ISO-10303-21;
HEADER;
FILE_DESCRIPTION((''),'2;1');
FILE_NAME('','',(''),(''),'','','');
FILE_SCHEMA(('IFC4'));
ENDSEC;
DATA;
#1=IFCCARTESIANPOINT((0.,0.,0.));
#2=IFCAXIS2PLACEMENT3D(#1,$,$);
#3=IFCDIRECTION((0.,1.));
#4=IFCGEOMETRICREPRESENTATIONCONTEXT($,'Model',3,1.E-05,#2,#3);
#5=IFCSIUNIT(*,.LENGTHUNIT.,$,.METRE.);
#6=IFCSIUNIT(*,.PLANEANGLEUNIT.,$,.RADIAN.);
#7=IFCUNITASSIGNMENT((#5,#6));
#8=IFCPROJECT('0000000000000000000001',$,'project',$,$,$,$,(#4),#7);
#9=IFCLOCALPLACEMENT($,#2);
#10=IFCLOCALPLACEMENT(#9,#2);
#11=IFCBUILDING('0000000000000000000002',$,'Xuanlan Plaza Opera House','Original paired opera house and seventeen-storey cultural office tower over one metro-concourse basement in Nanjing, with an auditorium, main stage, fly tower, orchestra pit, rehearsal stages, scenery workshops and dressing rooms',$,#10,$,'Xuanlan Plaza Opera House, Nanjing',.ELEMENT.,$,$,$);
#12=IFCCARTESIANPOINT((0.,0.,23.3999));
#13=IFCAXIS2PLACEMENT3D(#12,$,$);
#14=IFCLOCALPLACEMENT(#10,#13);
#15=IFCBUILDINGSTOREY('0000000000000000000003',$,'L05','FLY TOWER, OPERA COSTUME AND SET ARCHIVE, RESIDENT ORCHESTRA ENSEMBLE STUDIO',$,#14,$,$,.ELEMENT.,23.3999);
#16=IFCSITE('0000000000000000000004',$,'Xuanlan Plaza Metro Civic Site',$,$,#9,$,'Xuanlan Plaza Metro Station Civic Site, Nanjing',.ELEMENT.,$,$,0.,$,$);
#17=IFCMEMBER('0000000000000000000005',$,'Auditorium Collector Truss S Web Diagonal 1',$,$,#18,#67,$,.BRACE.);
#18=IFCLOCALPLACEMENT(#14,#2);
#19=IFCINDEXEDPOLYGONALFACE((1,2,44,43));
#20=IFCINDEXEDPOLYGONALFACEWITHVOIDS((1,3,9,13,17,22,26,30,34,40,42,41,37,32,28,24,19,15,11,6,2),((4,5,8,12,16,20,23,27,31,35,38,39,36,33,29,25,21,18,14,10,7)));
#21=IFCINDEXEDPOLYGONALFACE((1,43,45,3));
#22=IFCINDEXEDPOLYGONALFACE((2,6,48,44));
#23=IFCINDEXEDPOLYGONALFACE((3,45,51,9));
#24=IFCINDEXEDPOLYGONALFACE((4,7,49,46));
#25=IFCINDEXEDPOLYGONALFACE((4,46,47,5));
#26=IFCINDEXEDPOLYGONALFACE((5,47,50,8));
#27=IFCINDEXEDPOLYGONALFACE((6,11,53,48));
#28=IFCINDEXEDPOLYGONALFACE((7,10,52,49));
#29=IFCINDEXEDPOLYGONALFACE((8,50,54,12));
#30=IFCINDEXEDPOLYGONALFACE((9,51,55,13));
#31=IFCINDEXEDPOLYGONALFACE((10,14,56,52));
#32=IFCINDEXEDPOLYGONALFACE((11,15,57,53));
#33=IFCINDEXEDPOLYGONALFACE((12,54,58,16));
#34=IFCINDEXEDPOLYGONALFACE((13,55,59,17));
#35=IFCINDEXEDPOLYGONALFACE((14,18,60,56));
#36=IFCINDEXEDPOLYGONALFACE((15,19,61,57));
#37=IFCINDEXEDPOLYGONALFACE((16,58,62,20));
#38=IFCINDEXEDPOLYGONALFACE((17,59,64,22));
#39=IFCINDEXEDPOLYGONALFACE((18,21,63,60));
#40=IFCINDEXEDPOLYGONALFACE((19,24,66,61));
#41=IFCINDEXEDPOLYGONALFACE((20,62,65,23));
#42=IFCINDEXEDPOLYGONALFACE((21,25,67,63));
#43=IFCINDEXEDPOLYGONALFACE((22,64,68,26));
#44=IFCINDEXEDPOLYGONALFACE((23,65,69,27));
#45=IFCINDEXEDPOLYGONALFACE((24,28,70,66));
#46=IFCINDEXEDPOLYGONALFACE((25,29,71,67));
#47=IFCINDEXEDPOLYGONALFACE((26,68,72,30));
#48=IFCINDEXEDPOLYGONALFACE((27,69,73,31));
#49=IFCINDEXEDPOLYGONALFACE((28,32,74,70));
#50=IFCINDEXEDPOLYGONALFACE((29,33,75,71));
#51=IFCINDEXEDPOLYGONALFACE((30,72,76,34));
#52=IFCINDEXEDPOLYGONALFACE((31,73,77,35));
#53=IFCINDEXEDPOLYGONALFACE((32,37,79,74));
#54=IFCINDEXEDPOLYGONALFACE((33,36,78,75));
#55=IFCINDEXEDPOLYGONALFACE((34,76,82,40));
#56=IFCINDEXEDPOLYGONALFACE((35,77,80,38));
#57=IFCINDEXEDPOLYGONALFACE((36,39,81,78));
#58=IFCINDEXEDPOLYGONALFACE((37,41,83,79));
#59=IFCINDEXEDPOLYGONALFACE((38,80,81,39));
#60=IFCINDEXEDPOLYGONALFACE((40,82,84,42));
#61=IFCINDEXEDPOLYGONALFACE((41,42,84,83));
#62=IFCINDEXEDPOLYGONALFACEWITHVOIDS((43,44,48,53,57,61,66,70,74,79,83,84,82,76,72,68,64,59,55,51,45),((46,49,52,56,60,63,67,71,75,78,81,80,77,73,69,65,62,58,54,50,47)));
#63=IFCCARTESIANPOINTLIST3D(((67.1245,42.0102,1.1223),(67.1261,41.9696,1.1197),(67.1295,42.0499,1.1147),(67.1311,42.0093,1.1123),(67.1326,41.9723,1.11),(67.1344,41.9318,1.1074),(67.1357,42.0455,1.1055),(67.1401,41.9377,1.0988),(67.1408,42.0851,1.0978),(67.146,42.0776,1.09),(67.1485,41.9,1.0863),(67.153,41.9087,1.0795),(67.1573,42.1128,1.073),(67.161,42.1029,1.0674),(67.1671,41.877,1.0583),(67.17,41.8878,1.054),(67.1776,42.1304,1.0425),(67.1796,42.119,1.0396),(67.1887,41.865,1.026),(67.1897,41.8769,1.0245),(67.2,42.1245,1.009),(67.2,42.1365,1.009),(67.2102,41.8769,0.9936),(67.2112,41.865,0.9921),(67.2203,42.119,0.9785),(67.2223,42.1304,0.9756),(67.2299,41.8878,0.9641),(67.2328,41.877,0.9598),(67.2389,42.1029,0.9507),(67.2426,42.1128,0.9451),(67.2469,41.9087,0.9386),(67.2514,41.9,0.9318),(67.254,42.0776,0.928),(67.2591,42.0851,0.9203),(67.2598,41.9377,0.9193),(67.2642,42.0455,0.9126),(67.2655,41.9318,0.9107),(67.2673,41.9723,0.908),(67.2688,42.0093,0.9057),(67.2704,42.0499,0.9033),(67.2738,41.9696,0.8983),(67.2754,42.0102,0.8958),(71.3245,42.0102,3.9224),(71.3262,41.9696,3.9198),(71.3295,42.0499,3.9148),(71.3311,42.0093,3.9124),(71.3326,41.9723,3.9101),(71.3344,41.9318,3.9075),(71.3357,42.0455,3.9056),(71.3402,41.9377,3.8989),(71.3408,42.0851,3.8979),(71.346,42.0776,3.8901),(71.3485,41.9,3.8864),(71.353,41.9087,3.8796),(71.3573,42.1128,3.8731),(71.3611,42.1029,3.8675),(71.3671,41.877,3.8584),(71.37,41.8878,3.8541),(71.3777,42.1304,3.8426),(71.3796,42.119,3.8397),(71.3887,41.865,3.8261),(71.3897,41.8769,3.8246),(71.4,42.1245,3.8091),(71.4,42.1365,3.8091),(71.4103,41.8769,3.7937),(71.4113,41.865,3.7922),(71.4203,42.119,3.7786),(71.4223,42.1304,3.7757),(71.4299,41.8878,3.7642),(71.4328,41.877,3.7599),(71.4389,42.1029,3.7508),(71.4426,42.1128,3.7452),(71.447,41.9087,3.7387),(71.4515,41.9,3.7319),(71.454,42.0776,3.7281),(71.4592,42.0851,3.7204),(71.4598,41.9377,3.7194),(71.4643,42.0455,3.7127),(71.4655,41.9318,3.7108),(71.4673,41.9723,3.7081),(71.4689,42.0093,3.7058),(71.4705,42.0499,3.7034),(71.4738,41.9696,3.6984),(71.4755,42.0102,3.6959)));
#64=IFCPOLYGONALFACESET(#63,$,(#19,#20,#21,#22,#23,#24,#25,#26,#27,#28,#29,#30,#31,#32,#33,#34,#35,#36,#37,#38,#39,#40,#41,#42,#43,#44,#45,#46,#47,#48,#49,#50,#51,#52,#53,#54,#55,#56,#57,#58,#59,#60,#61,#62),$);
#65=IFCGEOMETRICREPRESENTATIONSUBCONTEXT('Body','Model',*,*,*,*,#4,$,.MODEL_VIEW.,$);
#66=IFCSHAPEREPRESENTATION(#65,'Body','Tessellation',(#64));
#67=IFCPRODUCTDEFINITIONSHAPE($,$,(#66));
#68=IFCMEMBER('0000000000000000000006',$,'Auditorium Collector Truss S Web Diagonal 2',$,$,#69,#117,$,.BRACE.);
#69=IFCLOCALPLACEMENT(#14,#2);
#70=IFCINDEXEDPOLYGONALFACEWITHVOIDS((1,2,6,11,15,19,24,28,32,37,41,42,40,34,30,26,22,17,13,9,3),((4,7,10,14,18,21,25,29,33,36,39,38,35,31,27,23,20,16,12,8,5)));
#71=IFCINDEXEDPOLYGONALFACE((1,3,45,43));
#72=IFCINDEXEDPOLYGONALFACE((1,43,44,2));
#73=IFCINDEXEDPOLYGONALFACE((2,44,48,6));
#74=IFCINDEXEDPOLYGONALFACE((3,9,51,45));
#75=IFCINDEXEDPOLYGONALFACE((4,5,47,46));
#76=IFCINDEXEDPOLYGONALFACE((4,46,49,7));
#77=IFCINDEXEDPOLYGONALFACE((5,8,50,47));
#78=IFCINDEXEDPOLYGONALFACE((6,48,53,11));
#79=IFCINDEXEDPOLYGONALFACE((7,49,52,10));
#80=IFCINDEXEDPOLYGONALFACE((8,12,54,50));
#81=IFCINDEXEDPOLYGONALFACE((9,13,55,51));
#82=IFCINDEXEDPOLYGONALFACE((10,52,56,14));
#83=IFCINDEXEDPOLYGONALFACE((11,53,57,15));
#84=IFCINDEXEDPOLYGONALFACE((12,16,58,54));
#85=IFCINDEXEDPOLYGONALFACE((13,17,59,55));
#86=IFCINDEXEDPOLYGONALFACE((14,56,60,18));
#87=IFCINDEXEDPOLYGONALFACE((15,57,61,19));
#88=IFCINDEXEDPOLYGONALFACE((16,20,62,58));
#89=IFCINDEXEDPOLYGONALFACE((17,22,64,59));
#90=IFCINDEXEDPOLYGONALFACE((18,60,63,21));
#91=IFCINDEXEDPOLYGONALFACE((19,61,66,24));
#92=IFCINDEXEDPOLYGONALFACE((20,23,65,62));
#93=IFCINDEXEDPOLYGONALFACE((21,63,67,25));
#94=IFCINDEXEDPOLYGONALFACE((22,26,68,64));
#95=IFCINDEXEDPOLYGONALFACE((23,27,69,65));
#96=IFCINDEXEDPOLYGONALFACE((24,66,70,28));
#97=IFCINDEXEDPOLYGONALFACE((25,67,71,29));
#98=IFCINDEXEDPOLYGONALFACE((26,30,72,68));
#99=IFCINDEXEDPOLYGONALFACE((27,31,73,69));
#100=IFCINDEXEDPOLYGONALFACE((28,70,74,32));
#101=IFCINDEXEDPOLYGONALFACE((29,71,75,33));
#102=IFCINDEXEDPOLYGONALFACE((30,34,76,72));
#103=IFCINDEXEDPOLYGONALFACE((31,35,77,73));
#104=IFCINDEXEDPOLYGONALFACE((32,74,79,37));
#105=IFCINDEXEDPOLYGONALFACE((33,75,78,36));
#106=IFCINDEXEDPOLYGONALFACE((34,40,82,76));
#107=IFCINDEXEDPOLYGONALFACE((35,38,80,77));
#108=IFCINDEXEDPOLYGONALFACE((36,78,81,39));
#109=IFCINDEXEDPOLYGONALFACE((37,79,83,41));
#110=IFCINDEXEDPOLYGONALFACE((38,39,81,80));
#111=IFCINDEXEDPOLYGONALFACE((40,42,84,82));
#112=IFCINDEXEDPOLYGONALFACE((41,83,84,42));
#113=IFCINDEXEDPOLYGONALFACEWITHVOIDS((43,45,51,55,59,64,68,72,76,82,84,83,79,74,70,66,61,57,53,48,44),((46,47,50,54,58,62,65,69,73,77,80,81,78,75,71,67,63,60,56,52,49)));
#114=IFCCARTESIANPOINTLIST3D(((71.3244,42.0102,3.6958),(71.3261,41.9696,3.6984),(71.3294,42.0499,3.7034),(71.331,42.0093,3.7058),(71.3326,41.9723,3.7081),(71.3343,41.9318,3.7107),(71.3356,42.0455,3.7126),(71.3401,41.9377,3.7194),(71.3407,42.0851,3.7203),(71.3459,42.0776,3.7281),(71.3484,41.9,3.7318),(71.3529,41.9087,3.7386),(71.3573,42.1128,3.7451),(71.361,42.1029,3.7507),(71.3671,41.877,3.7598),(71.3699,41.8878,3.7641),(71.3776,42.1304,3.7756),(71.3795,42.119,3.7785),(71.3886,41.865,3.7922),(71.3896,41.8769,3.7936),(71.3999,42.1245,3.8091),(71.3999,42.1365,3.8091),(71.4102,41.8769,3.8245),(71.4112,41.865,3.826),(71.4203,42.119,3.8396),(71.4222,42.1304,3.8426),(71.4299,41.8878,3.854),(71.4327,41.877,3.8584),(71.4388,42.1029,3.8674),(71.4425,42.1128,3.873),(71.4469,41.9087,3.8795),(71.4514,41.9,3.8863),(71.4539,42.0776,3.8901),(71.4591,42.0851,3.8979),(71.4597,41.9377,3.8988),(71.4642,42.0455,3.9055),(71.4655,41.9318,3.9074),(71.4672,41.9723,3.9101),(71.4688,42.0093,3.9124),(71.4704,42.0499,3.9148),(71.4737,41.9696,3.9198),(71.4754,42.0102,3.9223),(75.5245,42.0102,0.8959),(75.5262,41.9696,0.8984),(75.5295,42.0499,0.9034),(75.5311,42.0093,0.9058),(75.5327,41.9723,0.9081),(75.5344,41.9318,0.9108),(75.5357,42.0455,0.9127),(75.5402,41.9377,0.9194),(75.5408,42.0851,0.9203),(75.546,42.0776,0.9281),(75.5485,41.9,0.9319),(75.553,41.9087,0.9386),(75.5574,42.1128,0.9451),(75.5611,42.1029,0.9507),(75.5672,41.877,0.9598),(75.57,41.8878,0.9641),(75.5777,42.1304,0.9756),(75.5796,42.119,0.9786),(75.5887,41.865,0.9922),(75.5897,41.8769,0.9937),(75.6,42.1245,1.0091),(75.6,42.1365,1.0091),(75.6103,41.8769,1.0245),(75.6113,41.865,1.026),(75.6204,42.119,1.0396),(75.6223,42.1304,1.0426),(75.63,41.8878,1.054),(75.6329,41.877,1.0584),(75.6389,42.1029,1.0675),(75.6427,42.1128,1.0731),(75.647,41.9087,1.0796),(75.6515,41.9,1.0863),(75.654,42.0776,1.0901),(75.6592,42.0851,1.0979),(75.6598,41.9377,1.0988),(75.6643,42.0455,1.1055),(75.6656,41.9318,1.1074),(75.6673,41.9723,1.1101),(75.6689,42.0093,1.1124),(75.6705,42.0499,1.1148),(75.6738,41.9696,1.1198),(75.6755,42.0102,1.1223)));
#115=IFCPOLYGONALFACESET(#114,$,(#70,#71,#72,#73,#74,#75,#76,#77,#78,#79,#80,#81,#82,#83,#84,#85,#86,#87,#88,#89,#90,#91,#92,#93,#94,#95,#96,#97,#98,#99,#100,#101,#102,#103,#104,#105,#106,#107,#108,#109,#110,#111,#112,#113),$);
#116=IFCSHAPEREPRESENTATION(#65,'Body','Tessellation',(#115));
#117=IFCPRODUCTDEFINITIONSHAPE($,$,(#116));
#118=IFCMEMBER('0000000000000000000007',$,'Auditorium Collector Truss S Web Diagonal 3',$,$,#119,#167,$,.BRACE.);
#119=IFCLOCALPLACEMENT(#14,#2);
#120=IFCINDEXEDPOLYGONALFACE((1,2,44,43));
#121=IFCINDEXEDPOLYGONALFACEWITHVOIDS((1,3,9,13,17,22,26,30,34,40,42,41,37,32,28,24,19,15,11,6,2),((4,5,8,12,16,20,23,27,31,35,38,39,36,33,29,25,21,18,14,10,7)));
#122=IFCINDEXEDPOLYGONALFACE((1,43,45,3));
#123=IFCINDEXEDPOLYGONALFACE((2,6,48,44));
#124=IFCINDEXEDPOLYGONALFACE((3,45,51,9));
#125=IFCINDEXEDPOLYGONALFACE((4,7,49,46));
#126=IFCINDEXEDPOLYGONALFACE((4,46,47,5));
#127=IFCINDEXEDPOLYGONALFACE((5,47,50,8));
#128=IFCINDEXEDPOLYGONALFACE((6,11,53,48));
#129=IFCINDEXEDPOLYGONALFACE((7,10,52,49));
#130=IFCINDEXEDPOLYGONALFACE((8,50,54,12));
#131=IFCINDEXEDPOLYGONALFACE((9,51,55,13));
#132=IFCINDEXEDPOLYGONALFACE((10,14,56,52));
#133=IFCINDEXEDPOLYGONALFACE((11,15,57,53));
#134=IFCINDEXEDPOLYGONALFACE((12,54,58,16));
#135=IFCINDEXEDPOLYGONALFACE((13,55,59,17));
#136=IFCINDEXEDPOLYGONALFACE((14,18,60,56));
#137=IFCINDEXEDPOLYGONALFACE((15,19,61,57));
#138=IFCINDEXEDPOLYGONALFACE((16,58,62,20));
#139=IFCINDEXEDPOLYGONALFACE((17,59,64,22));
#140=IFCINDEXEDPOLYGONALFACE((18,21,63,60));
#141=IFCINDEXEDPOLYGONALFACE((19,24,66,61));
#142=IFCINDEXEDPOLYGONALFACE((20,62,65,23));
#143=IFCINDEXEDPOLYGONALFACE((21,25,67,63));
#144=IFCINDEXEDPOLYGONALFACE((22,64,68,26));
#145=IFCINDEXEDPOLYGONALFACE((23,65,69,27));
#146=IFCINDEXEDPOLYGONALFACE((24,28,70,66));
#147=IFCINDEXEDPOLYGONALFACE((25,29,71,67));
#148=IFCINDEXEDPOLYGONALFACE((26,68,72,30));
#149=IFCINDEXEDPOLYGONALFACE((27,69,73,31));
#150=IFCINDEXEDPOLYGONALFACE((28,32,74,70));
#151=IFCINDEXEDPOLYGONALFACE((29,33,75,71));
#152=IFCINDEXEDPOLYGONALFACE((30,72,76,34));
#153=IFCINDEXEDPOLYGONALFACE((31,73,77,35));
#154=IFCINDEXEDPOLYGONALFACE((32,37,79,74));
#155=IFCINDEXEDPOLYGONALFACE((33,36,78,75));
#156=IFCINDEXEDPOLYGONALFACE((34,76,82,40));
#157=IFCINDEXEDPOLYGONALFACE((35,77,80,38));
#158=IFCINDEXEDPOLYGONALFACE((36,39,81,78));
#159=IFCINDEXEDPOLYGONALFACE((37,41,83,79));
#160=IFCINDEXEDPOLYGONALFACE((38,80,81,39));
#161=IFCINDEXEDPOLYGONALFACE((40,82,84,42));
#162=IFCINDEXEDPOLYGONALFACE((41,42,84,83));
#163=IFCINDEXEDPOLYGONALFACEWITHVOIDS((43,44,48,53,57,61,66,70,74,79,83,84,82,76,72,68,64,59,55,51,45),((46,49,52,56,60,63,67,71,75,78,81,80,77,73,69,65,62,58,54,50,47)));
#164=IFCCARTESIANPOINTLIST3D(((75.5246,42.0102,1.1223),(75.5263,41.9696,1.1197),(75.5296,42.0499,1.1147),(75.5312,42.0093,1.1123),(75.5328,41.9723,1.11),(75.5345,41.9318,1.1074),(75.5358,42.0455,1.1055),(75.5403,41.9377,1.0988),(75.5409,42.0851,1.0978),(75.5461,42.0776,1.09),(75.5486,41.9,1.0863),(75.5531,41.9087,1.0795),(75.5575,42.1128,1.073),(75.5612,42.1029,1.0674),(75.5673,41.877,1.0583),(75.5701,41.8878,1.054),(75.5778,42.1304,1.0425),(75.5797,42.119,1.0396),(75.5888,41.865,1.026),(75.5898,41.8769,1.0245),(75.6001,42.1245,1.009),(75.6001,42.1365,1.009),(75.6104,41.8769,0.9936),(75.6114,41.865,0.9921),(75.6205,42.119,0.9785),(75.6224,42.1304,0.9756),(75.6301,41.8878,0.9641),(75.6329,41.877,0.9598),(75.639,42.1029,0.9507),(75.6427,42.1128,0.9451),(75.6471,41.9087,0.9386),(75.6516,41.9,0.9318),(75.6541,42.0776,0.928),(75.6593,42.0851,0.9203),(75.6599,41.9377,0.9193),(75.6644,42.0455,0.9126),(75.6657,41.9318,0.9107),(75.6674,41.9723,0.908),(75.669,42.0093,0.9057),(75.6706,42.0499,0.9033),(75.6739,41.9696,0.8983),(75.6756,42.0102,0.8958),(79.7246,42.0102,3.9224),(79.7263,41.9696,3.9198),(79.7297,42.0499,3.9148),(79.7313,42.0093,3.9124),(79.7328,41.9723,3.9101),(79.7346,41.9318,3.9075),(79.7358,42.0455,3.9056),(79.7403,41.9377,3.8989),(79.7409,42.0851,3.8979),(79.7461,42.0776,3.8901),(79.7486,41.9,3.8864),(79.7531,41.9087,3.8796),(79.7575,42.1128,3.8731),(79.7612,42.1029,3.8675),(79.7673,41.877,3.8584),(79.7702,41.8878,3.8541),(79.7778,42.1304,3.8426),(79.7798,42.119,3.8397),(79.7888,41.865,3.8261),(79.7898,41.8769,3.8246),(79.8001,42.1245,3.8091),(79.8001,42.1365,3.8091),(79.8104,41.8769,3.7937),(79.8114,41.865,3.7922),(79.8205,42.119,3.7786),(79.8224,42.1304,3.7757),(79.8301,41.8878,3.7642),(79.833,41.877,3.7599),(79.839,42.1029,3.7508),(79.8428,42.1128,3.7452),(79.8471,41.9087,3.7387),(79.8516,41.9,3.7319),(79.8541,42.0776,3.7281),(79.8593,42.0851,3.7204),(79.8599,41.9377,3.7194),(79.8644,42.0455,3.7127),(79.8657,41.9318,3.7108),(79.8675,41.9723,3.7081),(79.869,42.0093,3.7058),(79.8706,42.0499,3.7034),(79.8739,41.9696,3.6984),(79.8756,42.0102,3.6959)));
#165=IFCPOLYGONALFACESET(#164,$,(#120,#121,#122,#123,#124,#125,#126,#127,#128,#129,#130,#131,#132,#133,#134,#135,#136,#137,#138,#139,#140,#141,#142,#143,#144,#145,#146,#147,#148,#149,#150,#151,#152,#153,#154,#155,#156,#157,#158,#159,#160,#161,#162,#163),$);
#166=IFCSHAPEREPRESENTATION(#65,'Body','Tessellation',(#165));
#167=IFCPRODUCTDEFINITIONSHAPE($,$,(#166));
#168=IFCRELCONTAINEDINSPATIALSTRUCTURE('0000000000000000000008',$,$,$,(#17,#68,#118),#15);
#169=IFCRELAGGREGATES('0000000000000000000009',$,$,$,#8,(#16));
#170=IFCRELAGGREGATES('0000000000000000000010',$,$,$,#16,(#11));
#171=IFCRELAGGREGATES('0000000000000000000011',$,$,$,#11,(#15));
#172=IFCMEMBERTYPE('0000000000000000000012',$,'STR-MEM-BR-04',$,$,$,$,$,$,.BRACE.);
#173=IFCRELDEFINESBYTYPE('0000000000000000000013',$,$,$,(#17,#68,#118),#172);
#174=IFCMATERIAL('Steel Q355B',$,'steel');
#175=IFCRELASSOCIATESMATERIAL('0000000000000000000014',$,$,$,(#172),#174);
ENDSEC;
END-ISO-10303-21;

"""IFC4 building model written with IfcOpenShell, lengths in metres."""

from ifc_helpers import new_model, si_unit, direction, frame, origin, origin_2d, place, context, subcontext, project, spatial, hollow_circle, extrude, material, material_profile, profile_set, type_object, element, save


model = new_model("IFC4")

# Units and contexts
model_context = context("Model", 3, precision=1e-05, world=origin(), true_north=direction((0.0, 1.0)))
body_context = subcontext(model_context, "Body", "Model", "MODEL_VIEW")
ifc_project = project(units=[si_unit("LENGTHUNIT", "METRE"), si_unit("PLANEANGLEUNIT", "RADIAN")], contexts=[model_context])

# Site, building, storey
site_placement = place(None, origin())
site = spatial("IfcSite", under=ifc_project, at=site_placement, Name="Xuanlan Plaza Metro Civic Site", LongName="Xuanlan Plaza Metro Station Civic Site, Nanjing", CompositionType="ELEMENT", RefElevation=0.0)
building_placement = place(site_placement, origin())
building = spatial("IfcBuilding", under=site, at=building_placement, Name="Xuanlan Plaza Opera House", Description="Original paired opera house and seventeen-storey cultural office tower over one metro-concourse basement in Nanjing, with an auditorium, main stage, fly tower, orchestra pit, rehearsal stages, scenery workshops and dressing rooms", LongName="Xuanlan Plaza Opera House, Nanjing", CompositionType="ELEMENT")
storey_placement = place(building_placement, frame((0.0, 0.0, 23.3999)))
storey = spatial("IfcBuildingStorey", under=building, at=storey_placement, Name="L05", Description="FLY TOWER, OPERA COSTUME AND SET ARCHIVE, RESIDENT ORCHESTRA ENSEMBLE STUDIO", CompositionType="ELEMENT", Elevation=23.3999)

# Members
ifc_material_1 = material(Name="Steel Q355B", Category="steel")
ifc_material_profile_1 = material_profile(ifc_material_1, hollow_circle(Radius=0.1365, WallThickness=0.012, at=origin_2d()), Name="CHS 273x12")
ifc_profile_set_1 = profile_set([ifc_material_profile_1], Name="Steel Q355B")
member_type_1 = type_object("IfcMemberType", Name="STR-MEM-BR-04", PredefinedType="BRACE", material=ifc_profile_set_1)
for number, where, z_axis, x_axis, name in (
    (1, (67.2, 42.0, 1.009), (0.832043, 0.0, 0.554711), (0.0, 1.0, 0.0), "Auditorium Collector Truss S Web Diagonal 1"),
    (2, (71.3999, 42.0, 3.8091), (0.832058, 0.0, -0.554689), (0.0, 1.0, 0.0), "Auditorium Collector Truss S Web Diagonal 2"),
    (3, (75.6001, 42.0, 1.009), (0.832043, 0.0, 0.554711), (0.0, 1.0, 0.0), "Auditorium Collector Truss S Web Diagonal 3"),
):
    element("IfcMember", number, at=place(storey_placement, frame(where, z_axis=z_axis, x_axis=x_axis)), inside=storey, type_object=member_type_1, Name=name, PredefinedType="BRACE", context=body_context, shape_type="SweptSolid", body=[
        extrude(hollow_circle(Radius=0.1365, WallThickness=0.012, at=origin_2d()), origin(), (0.0, 0.0, 1.0), 5.0479),
    ])

save(model, "model.ifc")
